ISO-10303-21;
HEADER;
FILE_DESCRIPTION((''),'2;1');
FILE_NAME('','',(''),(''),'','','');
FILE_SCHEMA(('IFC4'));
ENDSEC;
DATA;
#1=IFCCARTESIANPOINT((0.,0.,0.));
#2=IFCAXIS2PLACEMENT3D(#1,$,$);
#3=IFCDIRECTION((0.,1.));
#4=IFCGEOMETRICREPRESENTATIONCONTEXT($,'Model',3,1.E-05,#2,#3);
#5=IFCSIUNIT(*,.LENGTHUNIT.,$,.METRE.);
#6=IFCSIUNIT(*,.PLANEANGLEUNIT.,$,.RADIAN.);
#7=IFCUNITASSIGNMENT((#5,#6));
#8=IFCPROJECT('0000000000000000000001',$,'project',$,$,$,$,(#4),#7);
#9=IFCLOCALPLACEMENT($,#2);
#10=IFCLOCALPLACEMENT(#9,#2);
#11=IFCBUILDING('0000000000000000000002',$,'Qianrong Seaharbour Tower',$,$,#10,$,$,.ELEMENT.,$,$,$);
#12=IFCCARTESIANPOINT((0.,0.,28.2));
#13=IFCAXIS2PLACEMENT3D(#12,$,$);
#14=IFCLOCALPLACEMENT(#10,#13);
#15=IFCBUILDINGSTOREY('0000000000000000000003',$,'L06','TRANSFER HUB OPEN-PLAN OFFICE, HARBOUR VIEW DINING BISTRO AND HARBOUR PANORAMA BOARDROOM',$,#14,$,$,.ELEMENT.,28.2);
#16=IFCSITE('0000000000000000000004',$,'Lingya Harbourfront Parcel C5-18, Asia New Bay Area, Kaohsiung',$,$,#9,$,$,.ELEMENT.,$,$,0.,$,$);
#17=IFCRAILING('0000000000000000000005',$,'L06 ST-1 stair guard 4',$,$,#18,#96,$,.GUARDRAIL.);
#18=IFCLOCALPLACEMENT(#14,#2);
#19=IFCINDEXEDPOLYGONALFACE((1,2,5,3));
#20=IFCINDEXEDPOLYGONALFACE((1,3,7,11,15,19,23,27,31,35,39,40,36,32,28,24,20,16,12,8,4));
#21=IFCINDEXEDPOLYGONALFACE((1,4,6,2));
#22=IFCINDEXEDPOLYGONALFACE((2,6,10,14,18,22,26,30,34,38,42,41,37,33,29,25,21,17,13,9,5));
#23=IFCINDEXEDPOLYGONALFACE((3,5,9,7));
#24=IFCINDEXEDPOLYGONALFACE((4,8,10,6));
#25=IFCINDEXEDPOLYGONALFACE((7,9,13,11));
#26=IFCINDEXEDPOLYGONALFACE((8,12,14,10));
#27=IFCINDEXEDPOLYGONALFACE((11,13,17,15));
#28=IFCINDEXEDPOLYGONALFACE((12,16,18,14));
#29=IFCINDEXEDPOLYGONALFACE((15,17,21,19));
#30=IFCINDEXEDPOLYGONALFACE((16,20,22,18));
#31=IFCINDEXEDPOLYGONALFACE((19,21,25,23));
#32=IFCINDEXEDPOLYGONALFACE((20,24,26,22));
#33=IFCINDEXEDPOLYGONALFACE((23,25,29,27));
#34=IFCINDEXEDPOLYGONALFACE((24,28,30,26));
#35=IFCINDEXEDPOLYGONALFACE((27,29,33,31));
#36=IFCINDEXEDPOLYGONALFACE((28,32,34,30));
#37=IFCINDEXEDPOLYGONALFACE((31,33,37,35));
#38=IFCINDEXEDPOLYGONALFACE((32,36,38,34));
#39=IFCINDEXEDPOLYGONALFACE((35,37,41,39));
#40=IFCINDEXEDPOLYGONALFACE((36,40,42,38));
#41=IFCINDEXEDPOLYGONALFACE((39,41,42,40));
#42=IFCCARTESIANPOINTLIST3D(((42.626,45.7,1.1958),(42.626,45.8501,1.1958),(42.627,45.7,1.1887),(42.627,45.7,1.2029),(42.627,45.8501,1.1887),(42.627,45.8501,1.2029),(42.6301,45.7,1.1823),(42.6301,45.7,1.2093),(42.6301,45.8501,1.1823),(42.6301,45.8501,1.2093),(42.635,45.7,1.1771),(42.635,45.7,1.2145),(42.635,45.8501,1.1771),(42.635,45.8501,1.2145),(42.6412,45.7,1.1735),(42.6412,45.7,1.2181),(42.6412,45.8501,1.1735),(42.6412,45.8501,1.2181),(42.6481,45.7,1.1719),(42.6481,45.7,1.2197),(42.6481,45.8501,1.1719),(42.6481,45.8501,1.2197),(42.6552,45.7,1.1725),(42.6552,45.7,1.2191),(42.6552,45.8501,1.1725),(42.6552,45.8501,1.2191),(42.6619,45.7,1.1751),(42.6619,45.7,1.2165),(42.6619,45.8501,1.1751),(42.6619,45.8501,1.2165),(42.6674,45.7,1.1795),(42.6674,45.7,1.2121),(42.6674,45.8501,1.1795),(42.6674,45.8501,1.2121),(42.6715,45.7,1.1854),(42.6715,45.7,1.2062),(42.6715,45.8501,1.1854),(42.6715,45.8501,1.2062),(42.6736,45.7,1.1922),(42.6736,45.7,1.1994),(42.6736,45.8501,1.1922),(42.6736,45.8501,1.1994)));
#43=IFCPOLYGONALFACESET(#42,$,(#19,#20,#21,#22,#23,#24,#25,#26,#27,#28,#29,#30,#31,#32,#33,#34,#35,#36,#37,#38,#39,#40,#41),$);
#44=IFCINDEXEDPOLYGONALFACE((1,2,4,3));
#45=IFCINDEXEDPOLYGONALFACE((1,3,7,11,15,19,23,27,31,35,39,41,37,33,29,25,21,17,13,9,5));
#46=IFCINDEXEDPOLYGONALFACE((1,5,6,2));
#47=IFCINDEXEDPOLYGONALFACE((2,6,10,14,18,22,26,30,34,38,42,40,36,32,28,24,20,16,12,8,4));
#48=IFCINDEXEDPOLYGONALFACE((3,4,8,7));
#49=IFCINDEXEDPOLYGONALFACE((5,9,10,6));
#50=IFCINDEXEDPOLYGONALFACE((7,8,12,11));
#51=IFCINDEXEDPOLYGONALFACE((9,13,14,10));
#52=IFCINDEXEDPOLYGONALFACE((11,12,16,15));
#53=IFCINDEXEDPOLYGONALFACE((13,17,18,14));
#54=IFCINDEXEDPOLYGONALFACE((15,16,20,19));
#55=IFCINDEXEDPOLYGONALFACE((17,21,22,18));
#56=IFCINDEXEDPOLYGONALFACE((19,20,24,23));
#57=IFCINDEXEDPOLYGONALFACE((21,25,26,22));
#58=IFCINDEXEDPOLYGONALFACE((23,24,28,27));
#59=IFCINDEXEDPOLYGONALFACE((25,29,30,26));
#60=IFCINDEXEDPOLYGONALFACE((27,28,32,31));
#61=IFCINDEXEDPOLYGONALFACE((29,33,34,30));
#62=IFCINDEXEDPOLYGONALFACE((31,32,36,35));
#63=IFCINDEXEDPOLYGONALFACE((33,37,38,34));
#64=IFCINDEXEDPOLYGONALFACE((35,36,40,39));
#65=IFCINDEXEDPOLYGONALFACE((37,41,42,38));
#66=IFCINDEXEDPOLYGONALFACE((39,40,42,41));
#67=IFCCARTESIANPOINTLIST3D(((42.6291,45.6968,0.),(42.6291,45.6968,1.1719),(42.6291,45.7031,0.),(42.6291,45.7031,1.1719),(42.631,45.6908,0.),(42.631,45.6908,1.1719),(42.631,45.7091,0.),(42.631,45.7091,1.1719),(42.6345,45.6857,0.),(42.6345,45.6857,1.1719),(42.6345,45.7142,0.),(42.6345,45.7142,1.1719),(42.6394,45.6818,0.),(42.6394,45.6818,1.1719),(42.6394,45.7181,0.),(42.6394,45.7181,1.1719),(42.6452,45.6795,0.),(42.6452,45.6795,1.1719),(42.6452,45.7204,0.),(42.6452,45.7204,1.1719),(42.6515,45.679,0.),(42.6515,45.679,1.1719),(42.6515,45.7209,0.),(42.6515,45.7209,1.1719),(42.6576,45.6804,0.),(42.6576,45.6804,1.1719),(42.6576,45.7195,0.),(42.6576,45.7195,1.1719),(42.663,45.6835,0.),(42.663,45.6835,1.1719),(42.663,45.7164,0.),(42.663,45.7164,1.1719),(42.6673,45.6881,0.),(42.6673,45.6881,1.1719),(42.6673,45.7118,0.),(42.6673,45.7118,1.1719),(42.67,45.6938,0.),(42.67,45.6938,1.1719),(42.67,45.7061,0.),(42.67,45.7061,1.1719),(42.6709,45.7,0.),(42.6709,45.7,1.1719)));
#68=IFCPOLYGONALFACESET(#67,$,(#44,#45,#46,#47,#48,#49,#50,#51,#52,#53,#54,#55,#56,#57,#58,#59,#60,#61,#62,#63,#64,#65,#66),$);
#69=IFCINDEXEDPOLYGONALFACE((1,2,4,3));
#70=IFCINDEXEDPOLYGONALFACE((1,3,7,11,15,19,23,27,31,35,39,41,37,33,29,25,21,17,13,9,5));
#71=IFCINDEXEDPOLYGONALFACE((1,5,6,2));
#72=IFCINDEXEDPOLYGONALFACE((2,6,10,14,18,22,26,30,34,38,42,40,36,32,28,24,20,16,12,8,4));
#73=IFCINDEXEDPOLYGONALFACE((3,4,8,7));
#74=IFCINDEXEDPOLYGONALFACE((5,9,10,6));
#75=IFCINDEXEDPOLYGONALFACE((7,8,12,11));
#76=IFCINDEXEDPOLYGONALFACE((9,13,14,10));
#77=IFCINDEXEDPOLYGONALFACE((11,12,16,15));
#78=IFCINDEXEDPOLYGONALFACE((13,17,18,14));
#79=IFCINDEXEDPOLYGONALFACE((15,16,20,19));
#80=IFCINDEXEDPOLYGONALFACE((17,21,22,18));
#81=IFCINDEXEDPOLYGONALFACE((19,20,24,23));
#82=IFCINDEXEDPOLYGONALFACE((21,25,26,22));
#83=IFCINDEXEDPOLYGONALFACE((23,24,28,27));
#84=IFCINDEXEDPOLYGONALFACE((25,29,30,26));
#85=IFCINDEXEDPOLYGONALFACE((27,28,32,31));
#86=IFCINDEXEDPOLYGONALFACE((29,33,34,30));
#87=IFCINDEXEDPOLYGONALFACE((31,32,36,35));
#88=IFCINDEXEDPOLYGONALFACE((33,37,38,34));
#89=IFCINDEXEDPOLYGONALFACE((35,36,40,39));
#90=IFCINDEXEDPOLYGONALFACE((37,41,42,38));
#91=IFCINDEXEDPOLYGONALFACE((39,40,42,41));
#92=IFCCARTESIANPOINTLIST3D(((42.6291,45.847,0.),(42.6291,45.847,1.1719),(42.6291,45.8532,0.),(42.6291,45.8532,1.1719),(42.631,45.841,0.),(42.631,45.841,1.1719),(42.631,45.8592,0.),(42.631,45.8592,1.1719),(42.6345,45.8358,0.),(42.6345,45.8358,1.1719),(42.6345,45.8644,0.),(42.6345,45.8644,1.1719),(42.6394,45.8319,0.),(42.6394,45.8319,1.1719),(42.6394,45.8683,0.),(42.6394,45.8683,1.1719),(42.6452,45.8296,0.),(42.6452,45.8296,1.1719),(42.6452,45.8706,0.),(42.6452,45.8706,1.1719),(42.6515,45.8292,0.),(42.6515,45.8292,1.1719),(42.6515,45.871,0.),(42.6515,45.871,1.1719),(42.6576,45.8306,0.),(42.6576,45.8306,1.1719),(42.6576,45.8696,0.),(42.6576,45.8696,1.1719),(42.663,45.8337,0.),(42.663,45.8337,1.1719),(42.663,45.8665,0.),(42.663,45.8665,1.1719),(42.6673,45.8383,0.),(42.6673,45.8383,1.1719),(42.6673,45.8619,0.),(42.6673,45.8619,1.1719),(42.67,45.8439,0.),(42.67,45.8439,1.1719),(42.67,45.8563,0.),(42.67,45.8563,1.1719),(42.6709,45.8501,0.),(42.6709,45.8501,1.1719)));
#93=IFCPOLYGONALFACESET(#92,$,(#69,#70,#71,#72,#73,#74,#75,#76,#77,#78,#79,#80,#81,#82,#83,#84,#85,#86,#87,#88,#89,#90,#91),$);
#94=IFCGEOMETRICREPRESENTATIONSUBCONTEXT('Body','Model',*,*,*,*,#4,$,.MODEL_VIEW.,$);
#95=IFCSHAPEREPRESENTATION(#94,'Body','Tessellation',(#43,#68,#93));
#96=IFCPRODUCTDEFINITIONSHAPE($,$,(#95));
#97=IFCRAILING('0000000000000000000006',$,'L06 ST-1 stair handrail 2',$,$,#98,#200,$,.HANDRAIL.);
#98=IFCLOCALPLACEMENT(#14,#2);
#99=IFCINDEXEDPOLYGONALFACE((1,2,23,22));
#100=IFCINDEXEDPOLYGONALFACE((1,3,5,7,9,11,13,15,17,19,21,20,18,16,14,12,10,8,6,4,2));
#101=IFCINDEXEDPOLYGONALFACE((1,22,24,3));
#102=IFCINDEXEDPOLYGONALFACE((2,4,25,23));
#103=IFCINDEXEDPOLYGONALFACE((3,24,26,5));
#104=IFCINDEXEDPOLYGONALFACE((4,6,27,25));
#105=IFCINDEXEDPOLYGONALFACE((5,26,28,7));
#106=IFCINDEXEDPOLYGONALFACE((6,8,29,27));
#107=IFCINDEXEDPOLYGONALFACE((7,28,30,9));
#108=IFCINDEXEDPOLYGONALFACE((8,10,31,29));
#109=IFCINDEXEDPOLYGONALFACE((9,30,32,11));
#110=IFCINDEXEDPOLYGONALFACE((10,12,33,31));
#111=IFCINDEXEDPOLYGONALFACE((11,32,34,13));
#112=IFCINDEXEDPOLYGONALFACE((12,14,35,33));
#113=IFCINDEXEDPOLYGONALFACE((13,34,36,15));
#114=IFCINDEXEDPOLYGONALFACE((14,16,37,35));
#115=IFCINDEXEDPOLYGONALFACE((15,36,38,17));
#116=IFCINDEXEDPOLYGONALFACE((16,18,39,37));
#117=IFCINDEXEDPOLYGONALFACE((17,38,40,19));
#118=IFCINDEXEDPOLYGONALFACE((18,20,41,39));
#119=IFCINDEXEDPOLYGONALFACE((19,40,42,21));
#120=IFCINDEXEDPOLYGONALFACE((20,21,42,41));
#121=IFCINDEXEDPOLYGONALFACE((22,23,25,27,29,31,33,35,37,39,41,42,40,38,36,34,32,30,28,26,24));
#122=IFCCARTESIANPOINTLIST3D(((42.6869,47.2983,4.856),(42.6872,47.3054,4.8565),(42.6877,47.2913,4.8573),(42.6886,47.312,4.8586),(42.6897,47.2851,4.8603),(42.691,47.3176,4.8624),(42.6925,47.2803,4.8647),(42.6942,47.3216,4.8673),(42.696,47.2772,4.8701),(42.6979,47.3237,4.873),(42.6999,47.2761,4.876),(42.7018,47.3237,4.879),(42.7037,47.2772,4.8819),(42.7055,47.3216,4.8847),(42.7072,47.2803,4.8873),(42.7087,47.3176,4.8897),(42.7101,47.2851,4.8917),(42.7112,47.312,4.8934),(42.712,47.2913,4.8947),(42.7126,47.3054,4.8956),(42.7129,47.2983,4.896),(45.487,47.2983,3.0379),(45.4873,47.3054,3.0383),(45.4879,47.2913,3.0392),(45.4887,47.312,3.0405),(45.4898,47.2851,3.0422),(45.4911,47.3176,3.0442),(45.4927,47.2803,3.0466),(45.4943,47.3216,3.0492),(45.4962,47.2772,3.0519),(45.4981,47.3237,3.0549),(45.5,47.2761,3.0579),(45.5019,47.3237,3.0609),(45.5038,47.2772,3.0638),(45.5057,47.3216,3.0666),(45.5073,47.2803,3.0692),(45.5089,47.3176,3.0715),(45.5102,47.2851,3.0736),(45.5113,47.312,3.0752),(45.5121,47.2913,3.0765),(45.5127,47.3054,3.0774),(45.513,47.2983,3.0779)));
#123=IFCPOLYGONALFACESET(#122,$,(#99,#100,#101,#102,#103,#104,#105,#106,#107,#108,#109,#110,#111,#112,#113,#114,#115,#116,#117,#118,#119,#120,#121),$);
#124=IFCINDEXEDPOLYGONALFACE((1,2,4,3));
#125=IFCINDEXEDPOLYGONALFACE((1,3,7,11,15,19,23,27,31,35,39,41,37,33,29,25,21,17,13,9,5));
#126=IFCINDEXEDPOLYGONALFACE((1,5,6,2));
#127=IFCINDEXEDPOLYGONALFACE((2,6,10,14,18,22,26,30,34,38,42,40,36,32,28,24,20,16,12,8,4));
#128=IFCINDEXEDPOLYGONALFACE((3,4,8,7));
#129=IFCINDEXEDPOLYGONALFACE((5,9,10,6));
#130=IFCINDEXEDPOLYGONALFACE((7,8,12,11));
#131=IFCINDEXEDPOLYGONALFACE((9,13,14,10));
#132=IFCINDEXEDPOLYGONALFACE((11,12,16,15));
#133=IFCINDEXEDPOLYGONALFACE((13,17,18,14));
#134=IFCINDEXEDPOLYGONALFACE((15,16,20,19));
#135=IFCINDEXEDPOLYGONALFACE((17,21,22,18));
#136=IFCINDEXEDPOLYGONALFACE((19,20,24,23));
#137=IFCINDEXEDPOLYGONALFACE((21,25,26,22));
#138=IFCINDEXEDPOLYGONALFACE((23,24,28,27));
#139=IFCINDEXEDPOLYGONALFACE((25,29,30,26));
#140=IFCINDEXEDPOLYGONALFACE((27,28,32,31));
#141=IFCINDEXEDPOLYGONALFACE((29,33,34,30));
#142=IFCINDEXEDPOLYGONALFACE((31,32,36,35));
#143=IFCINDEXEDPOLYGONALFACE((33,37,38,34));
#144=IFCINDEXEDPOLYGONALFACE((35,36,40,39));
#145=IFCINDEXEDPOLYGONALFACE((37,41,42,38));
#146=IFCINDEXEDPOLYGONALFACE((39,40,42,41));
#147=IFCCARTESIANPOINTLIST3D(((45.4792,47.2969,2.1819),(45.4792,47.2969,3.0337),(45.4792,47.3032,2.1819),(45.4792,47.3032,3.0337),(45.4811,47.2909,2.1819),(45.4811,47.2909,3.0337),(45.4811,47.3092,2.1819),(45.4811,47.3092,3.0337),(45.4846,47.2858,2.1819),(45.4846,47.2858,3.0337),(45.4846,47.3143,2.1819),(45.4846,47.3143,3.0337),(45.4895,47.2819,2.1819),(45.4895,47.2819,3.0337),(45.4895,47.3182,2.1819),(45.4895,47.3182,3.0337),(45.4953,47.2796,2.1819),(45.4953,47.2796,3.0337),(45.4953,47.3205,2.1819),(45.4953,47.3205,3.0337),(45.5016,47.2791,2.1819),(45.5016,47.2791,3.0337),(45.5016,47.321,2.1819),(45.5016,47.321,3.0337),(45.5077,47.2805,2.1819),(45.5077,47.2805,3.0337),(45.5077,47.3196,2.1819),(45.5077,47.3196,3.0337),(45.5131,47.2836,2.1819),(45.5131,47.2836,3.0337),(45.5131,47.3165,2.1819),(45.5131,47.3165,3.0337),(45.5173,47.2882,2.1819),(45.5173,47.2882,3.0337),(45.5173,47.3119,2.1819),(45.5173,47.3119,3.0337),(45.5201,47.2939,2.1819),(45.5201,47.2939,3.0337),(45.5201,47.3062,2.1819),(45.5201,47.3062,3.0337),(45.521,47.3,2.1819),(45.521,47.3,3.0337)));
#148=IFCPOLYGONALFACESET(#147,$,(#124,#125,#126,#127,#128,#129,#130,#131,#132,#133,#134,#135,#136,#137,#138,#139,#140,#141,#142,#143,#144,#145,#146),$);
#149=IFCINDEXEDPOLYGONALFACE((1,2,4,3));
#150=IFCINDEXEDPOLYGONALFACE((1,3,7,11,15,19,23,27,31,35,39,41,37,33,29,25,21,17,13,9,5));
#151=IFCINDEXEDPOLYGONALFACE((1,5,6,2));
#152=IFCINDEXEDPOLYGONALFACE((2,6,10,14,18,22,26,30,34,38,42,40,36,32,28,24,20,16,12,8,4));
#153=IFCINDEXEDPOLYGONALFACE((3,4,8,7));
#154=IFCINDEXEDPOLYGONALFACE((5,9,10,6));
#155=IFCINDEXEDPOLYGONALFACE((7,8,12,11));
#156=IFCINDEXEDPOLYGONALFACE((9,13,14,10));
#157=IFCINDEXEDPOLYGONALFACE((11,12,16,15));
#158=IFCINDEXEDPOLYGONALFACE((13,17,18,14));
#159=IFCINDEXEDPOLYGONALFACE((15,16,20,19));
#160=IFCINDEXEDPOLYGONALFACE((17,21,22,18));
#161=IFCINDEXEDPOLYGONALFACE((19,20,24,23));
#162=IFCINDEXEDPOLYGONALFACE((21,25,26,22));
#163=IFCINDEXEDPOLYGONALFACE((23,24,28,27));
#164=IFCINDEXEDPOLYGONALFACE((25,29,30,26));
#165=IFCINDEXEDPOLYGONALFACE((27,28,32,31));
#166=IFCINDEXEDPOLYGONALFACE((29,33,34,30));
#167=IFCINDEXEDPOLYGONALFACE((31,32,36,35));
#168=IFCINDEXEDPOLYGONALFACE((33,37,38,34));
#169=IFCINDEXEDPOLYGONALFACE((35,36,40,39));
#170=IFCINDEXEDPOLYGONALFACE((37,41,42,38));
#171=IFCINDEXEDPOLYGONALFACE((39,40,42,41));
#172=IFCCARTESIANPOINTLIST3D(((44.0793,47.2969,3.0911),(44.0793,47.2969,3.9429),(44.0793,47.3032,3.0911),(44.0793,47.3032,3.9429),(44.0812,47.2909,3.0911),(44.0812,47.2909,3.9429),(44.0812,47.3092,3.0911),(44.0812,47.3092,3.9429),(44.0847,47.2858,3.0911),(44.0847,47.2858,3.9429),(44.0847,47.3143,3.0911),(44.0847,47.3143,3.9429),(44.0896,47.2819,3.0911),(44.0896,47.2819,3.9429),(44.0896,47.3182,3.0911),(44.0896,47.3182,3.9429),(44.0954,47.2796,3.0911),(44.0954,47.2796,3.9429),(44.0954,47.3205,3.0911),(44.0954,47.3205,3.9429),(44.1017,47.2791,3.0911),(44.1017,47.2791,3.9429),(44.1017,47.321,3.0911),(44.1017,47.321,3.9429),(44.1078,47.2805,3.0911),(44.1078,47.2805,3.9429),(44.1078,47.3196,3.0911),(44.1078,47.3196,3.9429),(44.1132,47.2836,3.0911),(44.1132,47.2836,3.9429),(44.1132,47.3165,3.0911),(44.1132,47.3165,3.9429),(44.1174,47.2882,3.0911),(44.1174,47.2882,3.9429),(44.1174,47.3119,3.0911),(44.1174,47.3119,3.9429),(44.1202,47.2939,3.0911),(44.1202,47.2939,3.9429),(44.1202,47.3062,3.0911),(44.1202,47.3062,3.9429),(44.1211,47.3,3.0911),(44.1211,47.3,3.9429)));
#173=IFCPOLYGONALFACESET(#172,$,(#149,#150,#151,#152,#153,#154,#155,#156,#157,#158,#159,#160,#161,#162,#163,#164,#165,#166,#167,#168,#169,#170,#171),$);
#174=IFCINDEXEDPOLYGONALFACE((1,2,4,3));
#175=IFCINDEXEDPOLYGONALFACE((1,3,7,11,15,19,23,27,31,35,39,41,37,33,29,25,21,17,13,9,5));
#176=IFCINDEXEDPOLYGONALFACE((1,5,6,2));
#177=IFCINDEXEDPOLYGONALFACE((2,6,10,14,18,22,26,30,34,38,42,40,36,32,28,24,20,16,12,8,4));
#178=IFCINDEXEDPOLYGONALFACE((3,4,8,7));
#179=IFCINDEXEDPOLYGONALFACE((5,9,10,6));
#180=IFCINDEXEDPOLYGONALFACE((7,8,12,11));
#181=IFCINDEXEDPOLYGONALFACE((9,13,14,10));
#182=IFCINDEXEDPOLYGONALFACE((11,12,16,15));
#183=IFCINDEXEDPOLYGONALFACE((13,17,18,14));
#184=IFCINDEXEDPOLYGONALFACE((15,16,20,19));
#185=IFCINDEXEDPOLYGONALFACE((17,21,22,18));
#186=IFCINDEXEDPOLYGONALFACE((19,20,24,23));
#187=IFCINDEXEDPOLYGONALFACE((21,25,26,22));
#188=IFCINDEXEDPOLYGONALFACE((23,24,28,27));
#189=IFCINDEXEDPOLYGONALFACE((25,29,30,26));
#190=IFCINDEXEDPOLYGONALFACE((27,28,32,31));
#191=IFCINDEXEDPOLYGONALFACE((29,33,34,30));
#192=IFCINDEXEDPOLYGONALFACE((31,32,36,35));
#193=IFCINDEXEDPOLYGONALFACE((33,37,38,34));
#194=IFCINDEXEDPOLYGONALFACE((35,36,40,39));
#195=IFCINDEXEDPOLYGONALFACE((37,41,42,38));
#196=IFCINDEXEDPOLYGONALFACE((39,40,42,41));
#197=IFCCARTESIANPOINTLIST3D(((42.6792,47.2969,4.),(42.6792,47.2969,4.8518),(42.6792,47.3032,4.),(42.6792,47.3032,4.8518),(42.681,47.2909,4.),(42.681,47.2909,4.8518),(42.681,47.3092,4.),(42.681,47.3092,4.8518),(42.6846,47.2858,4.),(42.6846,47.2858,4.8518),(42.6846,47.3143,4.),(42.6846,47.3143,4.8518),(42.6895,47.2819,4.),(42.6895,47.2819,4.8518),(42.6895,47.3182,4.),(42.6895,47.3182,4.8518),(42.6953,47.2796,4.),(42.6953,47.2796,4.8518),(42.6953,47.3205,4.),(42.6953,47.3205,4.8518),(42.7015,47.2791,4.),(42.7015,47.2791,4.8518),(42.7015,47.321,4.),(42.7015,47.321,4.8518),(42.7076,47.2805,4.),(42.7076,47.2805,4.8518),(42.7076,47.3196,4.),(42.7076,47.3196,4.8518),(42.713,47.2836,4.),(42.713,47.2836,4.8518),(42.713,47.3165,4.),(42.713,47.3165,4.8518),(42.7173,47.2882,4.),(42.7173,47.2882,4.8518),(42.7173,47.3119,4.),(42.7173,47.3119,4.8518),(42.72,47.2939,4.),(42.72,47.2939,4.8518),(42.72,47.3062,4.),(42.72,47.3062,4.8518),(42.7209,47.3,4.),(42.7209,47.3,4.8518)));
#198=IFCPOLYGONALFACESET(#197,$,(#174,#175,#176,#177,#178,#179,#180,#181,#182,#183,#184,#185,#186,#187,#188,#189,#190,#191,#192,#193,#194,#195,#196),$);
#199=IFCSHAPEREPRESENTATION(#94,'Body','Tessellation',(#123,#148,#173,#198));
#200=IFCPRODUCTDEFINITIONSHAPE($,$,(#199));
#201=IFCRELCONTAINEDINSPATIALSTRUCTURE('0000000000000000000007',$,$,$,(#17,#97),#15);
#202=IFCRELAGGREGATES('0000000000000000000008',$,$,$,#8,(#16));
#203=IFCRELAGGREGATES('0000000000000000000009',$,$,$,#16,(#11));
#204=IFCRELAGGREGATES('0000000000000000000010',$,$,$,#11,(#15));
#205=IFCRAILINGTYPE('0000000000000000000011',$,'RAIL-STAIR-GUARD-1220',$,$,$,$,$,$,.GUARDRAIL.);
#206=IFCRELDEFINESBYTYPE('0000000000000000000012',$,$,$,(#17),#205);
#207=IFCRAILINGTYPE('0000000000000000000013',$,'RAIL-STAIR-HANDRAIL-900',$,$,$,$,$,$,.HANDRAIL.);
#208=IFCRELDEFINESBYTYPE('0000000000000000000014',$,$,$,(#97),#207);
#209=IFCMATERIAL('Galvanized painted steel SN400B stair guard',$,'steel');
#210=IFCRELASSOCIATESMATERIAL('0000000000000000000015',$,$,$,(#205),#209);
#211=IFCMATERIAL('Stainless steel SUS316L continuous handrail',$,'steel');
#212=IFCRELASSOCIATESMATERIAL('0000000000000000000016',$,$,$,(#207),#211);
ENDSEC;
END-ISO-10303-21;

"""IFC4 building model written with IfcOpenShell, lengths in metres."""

from ifc_helpers import new_model, si_unit, direction, frame, origin, origin_2d, place, context, subcontext, project, spatial, circle, extrude, material, type_object, element, save


model = new_model("IFC4")

# Units and contexts
model_context = context("Model", 3, precision=1e-05, world=origin(), true_north=direction((0.0, 1.0)))
body_context = subcontext(model_context, "Body", "Model", "MODEL_VIEW")
ifc_project = project(units=[si_unit("LENGTHUNIT", "METRE"), si_unit("PLANEANGLEUNIT", "RADIAN")], contexts=[model_context])

# Site, building, storey
site_placement = place(None, origin())
site = spatial("IfcSite", under=ifc_project, at=site_placement, Name="Lingya Harbourfront Parcel C5-18, Asia New Bay Area, Kaohsiung", CompositionType="ELEMENT", RefElevation=0.0)
building_placement = place(site_placement, origin())
building = spatial("IfcBuilding", under=site, at=building_placement, Name="Qianrong Seaharbour Tower", CompositionType="ELEMENT")
storey_placement = place(building_placement, frame((0.0, 0.0, 28.2)))
storey = spatial("IfcBuildingStorey", under=building, at=storey_placement, Name="L06", Description="TRANSFER HUB OPEN-PLAN OFFICE, HARBOUR VIEW DINING BISTRO AND HARBOUR PANORAMA BOARDROOM", CompositionType="ELEMENT", Elevation=28.2)

# Railings
ifc_material_1 = material(Name="Galvanized painted steel SN400B stair guard", Category="steel")
railing_type_1 = type_object("IfcRailingType", Name="RAIL-STAIR-GUARD-1220", PredefinedType="GUARDRAIL", material=ifc_material_1)
railing_1_placement = place(storey_placement, frame((42.6499, 45.7, 0.0)))
element("IfcRailing", 1, at=railing_1_placement, inside=storey, type_object=railing_type_1, Name="L06 ST-1 stair guard 4", PredefinedType="GUARDRAIL", context=body_context, shape_type="SweptSolid", body=[
    extrude(circle(Radius=0.0239, at=origin_2d()), frame((0.0, 0.0, 1.1958), z_axis=(0.0, 1.0, 0.0), x_axis=(-1.0, 0.0, 0.0)), (0.0, 0.0, 1.0), 0.1501),
    extrude(circle(Radius=0.021, at=origin_2d()), origin(), (0.0, 0.0, 1.0), 1.1719),
    extrude(circle(Radius=0.021, at=origin_2d()), frame((0.0, 0.1501, 0.0)), (0.0, 0.0, 1.0), 1.1719),
])
ifc_material_2 = material(Name="Stainless steel SUS316L continuous handrail", Category="steel")
railing_type_2 = type_object("IfcRailingType", Name="RAIL-STAIR-HANDRAIL-900", PredefinedType="HANDRAIL", material=ifc_material_2)
railing_2_placement = place(storey_placement, frame((45.5, 47.3, 2.1819)))
element("IfcRailing", 2, at=railing_2_placement, inside=storey, type_object=railing_type_2, Name="L06 ST-1 stair handrail 2", PredefinedType="HANDRAIL", context=body_context, shape_type="SweptSolid", body=[
    extrude(circle(Radius=0.0239, at=origin_2d()), frame((0.0, 0.0, 0.876), z_axis=(-0.838706, 0.0, 0.544585), x_axis=(0.0, -1.0, 0.0)), (0.0, 0.0, 1.0), 3.3386),
    extrude(circle(Radius=0.021, at=origin_2d()), origin(), (0.0, 0.0, 1.0), 0.8518),
    extrude(circle(Radius=0.021, at=origin_2d()), frame((-1.3999, 0.0, 0.9092)), (0.0, 0.0, 1.0), 0.8518),
    extrude(circle(Radius=0.021, at=origin_2d()), frame((-2.8, 0.0, 1.8181)), (0.0, 0.0, 1.0), 0.8518),
])

save(model, "model.ifc")
